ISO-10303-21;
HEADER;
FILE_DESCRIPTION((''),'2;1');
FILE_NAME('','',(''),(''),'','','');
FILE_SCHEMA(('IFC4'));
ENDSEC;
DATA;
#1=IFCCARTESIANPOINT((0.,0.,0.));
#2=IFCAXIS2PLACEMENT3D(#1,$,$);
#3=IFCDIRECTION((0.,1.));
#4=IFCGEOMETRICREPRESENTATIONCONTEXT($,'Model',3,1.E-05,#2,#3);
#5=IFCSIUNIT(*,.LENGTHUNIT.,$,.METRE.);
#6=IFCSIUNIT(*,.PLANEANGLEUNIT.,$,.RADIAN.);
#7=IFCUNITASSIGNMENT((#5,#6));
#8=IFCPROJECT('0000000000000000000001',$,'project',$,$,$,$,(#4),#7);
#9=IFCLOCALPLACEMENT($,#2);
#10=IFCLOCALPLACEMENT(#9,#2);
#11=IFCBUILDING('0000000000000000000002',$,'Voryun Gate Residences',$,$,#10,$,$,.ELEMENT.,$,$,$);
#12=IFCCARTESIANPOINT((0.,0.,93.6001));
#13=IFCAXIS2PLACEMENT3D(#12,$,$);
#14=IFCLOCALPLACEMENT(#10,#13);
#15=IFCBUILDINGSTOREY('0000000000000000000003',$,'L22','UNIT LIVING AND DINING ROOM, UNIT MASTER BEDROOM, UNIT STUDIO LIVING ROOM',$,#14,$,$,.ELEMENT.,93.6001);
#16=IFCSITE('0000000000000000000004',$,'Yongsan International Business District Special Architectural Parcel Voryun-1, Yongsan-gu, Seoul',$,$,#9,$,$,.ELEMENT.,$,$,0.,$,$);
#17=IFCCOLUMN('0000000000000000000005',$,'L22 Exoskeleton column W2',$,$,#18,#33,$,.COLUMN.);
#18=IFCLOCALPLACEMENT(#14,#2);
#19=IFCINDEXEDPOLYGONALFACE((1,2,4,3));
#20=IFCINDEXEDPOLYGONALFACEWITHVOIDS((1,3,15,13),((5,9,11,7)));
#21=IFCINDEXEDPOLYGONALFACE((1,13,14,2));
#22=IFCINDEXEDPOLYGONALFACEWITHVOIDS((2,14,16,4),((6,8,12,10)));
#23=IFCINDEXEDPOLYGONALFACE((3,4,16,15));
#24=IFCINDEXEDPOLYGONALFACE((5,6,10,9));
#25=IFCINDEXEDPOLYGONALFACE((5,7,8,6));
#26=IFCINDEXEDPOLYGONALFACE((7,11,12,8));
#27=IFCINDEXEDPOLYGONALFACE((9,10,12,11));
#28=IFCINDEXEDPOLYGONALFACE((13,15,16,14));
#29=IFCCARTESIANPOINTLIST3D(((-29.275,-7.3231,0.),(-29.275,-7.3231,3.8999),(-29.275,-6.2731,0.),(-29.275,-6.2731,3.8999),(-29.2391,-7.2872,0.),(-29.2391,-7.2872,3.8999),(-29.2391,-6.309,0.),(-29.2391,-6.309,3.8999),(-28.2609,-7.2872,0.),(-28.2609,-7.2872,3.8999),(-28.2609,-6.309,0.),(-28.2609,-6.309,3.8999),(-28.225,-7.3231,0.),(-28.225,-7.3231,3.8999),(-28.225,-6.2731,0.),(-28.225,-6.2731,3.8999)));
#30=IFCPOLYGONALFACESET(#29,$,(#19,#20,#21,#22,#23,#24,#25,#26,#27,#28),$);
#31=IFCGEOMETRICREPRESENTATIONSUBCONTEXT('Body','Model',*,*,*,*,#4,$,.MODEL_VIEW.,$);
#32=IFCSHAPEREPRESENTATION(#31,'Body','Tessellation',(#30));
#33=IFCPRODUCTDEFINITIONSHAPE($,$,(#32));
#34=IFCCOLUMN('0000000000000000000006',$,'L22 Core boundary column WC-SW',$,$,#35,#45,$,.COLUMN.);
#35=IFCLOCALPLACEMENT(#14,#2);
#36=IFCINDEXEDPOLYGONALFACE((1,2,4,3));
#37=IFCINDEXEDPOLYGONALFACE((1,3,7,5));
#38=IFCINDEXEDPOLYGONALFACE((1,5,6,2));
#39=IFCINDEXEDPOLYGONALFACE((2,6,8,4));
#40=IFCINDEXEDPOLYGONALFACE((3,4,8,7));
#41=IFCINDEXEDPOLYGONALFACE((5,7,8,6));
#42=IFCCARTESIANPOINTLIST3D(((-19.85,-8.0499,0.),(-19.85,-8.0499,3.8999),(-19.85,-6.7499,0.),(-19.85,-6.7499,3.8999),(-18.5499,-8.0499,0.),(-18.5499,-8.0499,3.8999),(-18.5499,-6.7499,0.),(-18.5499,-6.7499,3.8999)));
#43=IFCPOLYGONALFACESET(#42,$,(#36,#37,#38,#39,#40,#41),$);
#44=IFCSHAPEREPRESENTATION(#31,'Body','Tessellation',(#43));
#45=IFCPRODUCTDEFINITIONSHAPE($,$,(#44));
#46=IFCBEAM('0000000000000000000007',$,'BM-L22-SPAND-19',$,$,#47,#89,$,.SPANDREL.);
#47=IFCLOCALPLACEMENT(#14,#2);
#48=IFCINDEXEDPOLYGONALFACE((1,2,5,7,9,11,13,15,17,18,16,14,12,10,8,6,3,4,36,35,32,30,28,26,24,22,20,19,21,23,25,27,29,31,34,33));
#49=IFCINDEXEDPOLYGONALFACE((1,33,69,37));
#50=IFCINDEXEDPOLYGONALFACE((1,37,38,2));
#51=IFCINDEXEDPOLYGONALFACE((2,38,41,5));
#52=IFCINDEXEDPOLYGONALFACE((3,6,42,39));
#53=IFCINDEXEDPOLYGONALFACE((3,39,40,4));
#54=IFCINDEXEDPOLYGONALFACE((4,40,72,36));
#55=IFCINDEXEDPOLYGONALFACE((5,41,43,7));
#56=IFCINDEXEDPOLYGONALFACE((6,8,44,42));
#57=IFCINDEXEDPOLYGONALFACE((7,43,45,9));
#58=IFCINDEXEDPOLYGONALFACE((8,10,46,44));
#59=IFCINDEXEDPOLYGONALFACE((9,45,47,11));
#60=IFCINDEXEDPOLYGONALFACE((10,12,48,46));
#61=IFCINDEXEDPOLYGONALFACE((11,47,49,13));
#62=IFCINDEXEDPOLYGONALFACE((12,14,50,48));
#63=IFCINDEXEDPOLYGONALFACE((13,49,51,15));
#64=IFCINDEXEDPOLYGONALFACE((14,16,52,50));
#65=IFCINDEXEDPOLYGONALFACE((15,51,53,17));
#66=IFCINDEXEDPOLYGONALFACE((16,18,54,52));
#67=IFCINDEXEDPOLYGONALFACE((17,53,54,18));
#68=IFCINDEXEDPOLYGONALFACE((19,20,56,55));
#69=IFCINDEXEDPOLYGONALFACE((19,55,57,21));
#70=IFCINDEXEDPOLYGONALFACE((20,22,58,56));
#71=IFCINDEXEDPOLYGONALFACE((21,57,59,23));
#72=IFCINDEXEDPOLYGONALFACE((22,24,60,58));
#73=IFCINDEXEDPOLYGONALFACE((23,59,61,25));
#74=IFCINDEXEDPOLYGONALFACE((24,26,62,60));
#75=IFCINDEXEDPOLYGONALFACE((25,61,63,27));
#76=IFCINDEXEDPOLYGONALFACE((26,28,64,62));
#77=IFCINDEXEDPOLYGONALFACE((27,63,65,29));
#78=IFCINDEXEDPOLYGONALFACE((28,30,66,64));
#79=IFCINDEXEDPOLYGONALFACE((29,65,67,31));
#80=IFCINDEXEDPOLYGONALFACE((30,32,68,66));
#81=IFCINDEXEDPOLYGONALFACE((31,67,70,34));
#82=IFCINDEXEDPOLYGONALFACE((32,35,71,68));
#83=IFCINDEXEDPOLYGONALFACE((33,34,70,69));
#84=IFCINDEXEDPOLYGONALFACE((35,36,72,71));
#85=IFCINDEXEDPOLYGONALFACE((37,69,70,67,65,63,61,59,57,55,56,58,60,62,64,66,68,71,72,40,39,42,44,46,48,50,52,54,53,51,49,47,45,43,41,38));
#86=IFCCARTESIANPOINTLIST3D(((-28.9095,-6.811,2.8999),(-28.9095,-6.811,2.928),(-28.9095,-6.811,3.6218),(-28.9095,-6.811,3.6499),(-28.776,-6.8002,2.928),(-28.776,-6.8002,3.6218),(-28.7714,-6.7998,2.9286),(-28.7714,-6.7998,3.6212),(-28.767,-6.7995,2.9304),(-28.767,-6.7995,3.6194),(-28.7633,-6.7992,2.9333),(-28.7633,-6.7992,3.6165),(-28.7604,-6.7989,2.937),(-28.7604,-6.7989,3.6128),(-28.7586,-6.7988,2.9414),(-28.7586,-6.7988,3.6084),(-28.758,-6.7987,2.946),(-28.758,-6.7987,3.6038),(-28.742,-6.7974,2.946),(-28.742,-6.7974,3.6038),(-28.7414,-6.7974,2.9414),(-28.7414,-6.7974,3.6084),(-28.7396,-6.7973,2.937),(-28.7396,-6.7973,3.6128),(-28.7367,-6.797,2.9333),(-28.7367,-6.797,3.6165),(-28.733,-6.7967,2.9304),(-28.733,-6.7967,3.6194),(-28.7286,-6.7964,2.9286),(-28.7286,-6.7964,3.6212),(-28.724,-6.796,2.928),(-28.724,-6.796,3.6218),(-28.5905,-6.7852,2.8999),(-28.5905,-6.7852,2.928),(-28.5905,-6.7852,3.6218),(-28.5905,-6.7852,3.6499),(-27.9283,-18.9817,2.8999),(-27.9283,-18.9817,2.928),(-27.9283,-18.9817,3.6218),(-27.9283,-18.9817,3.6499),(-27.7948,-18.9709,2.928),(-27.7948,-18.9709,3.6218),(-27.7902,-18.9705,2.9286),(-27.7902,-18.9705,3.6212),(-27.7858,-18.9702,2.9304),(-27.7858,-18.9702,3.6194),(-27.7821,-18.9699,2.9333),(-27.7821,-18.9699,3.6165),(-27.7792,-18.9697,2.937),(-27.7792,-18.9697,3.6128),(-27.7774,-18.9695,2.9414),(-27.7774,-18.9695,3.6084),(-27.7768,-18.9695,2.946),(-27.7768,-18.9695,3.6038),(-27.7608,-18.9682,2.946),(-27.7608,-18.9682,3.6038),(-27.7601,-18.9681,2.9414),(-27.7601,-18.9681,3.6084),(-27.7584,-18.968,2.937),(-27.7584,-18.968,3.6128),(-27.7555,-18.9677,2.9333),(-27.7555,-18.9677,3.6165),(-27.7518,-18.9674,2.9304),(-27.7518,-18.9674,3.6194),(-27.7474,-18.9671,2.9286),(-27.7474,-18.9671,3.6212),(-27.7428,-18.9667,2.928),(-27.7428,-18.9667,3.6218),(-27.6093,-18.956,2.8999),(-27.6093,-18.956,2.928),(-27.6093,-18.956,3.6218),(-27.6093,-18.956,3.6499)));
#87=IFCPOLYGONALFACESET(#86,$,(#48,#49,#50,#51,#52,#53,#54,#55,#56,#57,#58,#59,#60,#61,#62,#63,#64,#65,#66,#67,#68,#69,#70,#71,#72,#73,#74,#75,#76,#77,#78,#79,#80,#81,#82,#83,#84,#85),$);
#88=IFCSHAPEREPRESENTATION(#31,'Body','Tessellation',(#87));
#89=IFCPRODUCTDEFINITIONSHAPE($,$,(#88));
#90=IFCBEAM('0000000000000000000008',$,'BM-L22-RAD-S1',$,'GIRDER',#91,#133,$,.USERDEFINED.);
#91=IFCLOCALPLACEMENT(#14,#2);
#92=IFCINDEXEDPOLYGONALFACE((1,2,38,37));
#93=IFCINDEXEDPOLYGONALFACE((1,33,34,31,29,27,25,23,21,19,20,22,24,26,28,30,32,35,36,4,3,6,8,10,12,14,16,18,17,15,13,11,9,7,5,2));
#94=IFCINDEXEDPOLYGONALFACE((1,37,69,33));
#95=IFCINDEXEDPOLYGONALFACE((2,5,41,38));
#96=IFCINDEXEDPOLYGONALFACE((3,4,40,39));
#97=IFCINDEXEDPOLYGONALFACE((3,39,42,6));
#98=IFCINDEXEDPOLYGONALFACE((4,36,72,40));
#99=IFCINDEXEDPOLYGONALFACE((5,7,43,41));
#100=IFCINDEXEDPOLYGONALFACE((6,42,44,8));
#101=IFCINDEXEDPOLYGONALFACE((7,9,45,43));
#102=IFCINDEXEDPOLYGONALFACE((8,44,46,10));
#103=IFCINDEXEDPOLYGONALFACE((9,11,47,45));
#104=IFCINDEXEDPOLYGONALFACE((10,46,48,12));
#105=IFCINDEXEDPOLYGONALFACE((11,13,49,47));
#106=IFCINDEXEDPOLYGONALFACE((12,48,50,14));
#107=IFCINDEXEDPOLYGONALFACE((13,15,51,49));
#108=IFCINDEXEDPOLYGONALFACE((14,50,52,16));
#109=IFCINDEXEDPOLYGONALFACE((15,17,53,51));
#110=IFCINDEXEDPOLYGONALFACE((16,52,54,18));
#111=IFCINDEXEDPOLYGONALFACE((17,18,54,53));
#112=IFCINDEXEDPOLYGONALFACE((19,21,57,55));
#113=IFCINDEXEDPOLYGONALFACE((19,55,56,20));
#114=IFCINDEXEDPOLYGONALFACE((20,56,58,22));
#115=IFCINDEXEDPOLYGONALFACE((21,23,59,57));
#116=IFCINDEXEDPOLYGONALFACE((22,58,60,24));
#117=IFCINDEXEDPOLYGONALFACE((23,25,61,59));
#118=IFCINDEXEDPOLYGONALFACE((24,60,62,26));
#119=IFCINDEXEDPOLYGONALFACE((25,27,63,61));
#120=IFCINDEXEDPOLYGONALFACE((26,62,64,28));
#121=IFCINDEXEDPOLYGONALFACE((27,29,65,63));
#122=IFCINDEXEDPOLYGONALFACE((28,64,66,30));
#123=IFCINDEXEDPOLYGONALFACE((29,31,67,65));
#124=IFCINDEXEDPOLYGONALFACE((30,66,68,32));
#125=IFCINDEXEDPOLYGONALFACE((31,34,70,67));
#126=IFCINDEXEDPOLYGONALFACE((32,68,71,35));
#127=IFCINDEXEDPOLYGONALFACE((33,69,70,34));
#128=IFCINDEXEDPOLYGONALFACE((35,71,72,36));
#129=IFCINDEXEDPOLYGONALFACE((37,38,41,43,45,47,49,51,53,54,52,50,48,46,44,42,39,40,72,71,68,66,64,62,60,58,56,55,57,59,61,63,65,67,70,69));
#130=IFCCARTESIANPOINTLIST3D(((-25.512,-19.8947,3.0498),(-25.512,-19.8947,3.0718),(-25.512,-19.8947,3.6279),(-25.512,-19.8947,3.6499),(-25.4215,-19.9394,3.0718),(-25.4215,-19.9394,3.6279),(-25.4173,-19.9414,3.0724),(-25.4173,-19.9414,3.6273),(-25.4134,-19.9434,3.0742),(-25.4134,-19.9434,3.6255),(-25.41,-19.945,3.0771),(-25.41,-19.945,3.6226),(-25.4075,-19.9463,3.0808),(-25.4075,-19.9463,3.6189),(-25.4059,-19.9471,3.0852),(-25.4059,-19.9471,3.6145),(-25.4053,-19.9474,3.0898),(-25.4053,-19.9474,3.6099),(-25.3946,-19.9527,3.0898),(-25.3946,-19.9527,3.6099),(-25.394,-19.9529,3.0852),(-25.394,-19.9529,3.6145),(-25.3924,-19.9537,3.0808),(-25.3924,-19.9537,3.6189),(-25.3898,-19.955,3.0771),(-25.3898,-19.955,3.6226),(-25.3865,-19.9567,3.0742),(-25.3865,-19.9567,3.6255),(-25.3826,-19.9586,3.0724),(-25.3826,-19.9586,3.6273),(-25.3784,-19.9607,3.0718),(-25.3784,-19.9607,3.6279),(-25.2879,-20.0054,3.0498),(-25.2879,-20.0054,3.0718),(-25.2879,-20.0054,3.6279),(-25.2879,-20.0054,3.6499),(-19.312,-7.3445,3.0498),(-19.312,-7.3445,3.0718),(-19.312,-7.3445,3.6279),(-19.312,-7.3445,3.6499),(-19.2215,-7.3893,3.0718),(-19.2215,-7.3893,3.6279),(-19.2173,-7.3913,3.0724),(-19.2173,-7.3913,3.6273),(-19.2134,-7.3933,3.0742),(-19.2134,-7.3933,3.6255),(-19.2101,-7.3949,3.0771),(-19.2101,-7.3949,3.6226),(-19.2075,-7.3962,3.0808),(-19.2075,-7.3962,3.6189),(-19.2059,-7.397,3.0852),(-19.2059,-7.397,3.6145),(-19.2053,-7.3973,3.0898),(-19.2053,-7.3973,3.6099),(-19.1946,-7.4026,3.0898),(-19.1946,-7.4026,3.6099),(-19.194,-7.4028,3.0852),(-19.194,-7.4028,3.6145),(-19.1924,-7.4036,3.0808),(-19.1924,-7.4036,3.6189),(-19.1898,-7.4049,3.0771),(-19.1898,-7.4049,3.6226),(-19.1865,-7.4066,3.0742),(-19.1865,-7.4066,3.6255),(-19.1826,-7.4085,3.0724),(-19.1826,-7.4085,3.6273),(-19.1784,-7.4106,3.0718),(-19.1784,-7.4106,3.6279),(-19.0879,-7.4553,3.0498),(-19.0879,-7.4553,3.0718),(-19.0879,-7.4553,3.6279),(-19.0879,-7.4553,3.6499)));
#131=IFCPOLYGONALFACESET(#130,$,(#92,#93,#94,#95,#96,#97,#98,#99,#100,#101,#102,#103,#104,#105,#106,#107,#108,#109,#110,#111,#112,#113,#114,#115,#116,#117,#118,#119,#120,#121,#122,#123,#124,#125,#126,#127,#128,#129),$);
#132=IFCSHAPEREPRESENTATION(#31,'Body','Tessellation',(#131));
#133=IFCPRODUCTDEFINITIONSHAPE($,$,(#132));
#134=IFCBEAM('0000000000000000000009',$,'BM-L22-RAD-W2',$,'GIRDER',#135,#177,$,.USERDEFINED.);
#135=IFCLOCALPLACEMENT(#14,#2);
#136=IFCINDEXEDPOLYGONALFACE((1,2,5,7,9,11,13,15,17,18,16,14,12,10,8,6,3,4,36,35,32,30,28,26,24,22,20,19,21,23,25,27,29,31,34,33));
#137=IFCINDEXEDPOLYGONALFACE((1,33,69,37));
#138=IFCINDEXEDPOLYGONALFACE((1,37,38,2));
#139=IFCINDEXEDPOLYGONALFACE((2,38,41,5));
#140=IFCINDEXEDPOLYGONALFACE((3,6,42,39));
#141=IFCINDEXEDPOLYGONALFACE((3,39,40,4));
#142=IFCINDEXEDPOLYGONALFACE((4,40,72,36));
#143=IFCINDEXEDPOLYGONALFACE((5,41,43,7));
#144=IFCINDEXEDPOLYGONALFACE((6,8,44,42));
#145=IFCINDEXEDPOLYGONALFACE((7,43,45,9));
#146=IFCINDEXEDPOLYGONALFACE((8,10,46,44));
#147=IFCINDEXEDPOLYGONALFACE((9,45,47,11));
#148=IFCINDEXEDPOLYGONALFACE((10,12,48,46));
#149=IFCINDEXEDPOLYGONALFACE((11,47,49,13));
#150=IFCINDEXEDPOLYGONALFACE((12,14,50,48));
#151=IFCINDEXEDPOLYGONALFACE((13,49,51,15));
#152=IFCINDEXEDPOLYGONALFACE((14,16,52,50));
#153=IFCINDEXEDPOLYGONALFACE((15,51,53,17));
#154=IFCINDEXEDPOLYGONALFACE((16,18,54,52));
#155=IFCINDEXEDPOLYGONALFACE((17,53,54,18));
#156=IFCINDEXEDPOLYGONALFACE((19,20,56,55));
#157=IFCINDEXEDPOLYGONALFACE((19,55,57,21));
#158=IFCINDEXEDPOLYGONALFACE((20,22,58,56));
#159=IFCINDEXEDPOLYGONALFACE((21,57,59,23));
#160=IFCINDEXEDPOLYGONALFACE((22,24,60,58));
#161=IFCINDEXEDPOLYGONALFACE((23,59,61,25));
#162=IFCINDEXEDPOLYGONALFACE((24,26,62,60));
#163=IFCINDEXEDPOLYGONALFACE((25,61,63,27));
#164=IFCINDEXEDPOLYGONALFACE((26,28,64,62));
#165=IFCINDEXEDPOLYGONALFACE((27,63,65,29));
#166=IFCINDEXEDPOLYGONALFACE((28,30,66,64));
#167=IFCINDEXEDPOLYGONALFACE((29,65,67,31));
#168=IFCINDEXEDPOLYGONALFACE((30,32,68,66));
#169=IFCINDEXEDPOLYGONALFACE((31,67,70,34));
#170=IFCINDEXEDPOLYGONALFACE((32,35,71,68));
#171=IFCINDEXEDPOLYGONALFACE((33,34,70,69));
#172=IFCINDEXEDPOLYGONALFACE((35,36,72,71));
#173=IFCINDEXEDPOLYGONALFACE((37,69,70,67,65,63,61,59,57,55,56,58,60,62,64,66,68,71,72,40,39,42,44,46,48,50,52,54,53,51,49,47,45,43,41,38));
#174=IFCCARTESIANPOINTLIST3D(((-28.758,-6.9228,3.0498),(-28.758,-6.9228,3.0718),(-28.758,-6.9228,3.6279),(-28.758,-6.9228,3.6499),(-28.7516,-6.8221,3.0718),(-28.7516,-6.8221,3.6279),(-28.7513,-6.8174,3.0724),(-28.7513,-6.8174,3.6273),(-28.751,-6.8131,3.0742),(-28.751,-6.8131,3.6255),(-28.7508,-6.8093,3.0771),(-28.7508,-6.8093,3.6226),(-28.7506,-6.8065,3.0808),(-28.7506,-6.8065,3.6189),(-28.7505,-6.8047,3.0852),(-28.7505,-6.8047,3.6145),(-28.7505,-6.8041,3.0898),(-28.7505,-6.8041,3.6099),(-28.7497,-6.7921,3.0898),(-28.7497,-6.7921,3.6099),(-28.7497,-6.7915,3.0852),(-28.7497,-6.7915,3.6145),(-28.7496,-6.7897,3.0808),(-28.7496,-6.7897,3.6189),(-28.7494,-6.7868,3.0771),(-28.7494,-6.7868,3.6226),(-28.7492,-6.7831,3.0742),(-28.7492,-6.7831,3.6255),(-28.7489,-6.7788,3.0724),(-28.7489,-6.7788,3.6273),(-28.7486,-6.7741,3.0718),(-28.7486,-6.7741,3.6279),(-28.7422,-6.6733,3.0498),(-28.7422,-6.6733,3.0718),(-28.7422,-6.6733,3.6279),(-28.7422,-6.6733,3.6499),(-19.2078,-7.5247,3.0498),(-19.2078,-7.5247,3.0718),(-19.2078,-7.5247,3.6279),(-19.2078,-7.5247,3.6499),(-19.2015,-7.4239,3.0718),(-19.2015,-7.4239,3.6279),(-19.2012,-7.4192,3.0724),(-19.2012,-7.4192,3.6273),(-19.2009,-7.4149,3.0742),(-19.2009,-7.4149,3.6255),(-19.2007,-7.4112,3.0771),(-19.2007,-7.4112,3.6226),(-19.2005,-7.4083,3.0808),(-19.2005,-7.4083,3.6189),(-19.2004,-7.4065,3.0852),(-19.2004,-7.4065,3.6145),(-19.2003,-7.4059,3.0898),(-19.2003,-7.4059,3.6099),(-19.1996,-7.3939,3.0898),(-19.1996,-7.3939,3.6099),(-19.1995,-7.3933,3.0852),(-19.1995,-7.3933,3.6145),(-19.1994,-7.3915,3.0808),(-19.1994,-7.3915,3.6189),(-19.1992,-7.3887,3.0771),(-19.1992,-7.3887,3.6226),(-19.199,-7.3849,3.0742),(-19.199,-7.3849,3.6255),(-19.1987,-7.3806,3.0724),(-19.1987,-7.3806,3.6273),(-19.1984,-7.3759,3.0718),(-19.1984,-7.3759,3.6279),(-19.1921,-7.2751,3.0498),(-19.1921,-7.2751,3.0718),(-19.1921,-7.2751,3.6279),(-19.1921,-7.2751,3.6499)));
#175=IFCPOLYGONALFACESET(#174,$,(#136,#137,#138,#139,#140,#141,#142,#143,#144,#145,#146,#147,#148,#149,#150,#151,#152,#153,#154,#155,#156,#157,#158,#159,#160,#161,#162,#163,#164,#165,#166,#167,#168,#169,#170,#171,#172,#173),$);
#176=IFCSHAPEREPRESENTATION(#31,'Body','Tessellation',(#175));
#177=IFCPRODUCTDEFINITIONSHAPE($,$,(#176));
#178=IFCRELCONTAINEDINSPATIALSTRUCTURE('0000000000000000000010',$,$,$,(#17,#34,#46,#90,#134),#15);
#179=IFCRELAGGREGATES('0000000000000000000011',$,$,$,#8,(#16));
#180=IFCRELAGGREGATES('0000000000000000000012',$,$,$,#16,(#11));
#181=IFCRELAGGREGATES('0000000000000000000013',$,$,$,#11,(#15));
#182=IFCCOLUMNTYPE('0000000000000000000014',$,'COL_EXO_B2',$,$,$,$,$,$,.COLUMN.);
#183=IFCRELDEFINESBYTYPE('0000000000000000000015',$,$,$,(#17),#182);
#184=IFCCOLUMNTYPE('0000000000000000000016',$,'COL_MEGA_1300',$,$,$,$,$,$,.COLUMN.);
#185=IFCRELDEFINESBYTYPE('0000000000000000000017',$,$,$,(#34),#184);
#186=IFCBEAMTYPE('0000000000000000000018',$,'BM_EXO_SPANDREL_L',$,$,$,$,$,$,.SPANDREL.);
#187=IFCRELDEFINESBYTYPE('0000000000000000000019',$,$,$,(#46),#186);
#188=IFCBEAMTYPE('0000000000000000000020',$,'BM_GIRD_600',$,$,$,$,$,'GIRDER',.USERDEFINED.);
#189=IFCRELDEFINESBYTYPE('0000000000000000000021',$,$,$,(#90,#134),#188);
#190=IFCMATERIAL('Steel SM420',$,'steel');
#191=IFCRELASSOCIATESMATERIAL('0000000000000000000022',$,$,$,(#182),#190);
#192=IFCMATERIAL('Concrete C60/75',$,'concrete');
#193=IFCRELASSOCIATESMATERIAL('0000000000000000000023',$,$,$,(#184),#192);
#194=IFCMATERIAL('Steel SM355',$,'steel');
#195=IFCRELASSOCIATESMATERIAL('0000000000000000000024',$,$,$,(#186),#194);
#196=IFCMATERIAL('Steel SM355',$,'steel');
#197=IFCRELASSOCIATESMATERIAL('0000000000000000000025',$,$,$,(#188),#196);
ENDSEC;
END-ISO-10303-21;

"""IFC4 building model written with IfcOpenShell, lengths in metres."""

from ifc_helpers import new_model, si_unit, direction, frame, origin, origin_2d, place, context, subcontext, project, spatial, rectangle, hollow_rectangle, i_section, extrude, material, material_profile, profile_set, type_object, element, save


model = new_model("IFC4")

# Units and contexts
model_context = context("Model", 3, precision=1e-05, world=origin(), true_north=direction((0.0, 1.0)))
body_context = subcontext(model_context, "Body", "Model", "MODEL_VIEW")
ifc_project = project(units=[si_unit("LENGTHUNIT", "METRE"), si_unit("PLANEANGLEUNIT", "RADIAN")], contexts=[model_context])

# Site, building, storey
site_placement = place(None, origin())
site = spatial("IfcSite", under=ifc_project, at=site_placement, Name="Yongsan International Business District Special Architectural Parcel Voryun-1, Yongsan-gu, Seoul", CompositionType="ELEMENT", RefElevation=0.0)
building_placement = place(site_placement, origin())
building = spatial("IfcBuilding", under=site, at=building_placement, Name="Voryun Gate Residences", CompositionType="ELEMENT")
storey_placement = place(building_placement, frame((0.0, 0.0, 93.6001)))
storey = spatial("IfcBuildingStorey", under=building, at=storey_placement, Name="L22", Description="UNIT LIVING AND DINING ROOM, UNIT MASTER BEDROOM, UNIT STUDIO LIVING ROOM", CompositionType="ELEMENT", Elevation=93.6001)

# Columns
ifc_material_1 = material(Name="Steel SM420", Category="steel")
ifc_material_profile_1 = material_profile(ifc_material_1, hollow_rectangle(XDim=1.05, YDim=1.05, WallThickness=0.0359, at=origin_2d()), Name="BOX-1050x1050x36")
ifc_profile_set_1 = profile_set([ifc_material_profile_1], Name="Steel SM420")
column_type_1 = type_object("IfcColumnType", Name="COL_EXO_B2", PredefinedType="COLUMN", material=ifc_profile_set_1)
column_1_placement = place(storey_placement, frame((-28.75, -6.7981, 0.0), z_axis=(0.0, 0.0, 1.0), x_axis=(1.0, 0.0, 0.0)))
element("IfcColumn", 1, at=column_1_placement, inside=storey, type_object=column_type_1, Name="L22 Exoskeleton column W2", PredefinedType="COLUMN", context=body_context, shape_type="SweptSolid", body=[
    extrude(hollow_rectangle(XDim=1.05, YDim=1.05, WallThickness=0.0359, at=origin_2d()), origin(), (0.0, 0.0, 1.0), 3.8999),
])
ifc_material_2 = material(Name="Concrete C60/75", Category="concrete")
ifc_material_profile_2 = material_profile(ifc_material_2, rectangle(XDim=1.3, YDim=1.3, at=origin_2d()), Name="RC-1300x1300")
ifc_profile_set_2 = profile_set([ifc_material_profile_2], Name="Concrete C60/75")
column_type_2 = type_object("IfcColumnType", Name="COL_MEGA_1300", PredefinedType="COLUMN", material=ifc_profile_set_2)
column_2_placement = place(storey_placement, frame((-19.2, -7.3999, 0.0), z_axis=(0.0, 0.0, 1.0), x_axis=(1.0, 0.0, 0.0)))
element("IfcColumn", 2, at=column_2_placement, inside=storey, type_object=column_type_2, Name="L22 Core boundary column WC-SW", PredefinedType="COLUMN", context=body_context, shape_type="SweptSolid", body=[
    extrude(rectangle(XDim=1.3, YDim=1.3, at=origin_2d()), origin(), (0.0, 0.0, 1.0), 3.8999),
])

# Beams
ifc_material_3 = material(Name="Steel SM355", Category="steel")
ifc_material_profile_3 = material_profile(ifc_material_3, i_section(OverallWidth=0.3201, OverallDepth=0.75, WebThickness=0.0161, FlangeThickness=0.0281, FilletRadius=0.0181, at=origin_2d()), Name="H-750x320x16x28")
ifc_profile_set_3 = profile_set([ifc_material_profile_3], Name="Steel SM355")
beam_type_1 = type_object("IfcBeamType", Name="BM_EXO_SPANDREL_L", PredefinedType="SPANDREL", material=ifc_profile_set_3)
beam_1_placement = place(storey_placement, frame((-28.75, -6.7981, 3.2749), z_axis=(0.08036, -0.996766, 0.0), x_axis=(0.996766, 0.08036, 0.0)))
element("IfcBeam", 3, at=beam_1_placement, inside=storey, type_object=beam_type_1, Name="BM-L22-SPAND-19", PredefinedType="SPANDREL", context=body_context, shape_type="SweptSolid", body=[
    extrude(i_section(OverallWidth=0.3201, OverallDepth=0.75, WebThickness=0.0161, FlangeThickness=0.0281, FilletRadius=0.0181, at=origin_2d()), origin(), (0.0, 0.0, 1.0), 12.2102),
])
ifc_material_4 = material(Name="Steel SM355", Category="steel")
ifc_material_profile_4 = material_profile(ifc_material_4, i_section(OverallWidth=0.25, OverallDepth=0.6001, WebThickness=0.012, FlangeThickness=0.022, FilletRadius=0.0181, at=origin_2d()), Name="H-600x250x12x22")
ifc_profile_set_4 = profile_set([ifc_material_profile_4], Name="Steel SM355")
beam_type_2 = type_object("IfcBeamType", Name="BM_GIRD_600", ElementType="GIRDER", PredefinedType="USERDEFINED", material=ifc_profile_set_4)
beam_2_placement = place(storey_placement, frame((-19.2, -7.3999, 3.3499), z_axis=(-0.442918, -0.896562, 0.0), x_axis=(0.896562, -0.442918, 0.0)))
element("IfcBeam", 4, at=beam_2_placement, inside=storey, type_object=beam_type_2, Name="BM-L22-RAD-S1", ObjectType="GIRDER", PredefinedType="USERDEFINED", context=body_context, shape_type="SweptSolid", body=[
    extrude(i_section(OverallWidth=0.25, OverallDepth=0.6001, WebThickness=0.012, FlangeThickness=0.022, FilletRadius=0.0181, at=origin_2d()), origin(), (0.0, 0.0, 1.0), 13.998),
])
beam_3_placement = place(storey_placement, frame((-19.2, -7.3999, 3.3499), z_axis=(-0.99802, 0.062891, 0.0), x_axis=(-0.062891, -0.99802, 0.0)))
element("IfcBeam", 5, at=beam_3_placement, inside=storey, type_object=beam_type_2, Name="BM-L22-RAD-W2", ObjectType="GIRDER", PredefinedType="USERDEFINED", context=body_context, shape_type="SweptSolid", body=[
    extrude(i_section(OverallWidth=0.25, OverallDepth=0.6001, WebThickness=0.012, FlangeThickness=0.022, FilletRadius=0.0181, at=origin_2d()), origin(), (0.0, 0.0, 1.0), 9.5691),
])

save(model, "model.ifc")
